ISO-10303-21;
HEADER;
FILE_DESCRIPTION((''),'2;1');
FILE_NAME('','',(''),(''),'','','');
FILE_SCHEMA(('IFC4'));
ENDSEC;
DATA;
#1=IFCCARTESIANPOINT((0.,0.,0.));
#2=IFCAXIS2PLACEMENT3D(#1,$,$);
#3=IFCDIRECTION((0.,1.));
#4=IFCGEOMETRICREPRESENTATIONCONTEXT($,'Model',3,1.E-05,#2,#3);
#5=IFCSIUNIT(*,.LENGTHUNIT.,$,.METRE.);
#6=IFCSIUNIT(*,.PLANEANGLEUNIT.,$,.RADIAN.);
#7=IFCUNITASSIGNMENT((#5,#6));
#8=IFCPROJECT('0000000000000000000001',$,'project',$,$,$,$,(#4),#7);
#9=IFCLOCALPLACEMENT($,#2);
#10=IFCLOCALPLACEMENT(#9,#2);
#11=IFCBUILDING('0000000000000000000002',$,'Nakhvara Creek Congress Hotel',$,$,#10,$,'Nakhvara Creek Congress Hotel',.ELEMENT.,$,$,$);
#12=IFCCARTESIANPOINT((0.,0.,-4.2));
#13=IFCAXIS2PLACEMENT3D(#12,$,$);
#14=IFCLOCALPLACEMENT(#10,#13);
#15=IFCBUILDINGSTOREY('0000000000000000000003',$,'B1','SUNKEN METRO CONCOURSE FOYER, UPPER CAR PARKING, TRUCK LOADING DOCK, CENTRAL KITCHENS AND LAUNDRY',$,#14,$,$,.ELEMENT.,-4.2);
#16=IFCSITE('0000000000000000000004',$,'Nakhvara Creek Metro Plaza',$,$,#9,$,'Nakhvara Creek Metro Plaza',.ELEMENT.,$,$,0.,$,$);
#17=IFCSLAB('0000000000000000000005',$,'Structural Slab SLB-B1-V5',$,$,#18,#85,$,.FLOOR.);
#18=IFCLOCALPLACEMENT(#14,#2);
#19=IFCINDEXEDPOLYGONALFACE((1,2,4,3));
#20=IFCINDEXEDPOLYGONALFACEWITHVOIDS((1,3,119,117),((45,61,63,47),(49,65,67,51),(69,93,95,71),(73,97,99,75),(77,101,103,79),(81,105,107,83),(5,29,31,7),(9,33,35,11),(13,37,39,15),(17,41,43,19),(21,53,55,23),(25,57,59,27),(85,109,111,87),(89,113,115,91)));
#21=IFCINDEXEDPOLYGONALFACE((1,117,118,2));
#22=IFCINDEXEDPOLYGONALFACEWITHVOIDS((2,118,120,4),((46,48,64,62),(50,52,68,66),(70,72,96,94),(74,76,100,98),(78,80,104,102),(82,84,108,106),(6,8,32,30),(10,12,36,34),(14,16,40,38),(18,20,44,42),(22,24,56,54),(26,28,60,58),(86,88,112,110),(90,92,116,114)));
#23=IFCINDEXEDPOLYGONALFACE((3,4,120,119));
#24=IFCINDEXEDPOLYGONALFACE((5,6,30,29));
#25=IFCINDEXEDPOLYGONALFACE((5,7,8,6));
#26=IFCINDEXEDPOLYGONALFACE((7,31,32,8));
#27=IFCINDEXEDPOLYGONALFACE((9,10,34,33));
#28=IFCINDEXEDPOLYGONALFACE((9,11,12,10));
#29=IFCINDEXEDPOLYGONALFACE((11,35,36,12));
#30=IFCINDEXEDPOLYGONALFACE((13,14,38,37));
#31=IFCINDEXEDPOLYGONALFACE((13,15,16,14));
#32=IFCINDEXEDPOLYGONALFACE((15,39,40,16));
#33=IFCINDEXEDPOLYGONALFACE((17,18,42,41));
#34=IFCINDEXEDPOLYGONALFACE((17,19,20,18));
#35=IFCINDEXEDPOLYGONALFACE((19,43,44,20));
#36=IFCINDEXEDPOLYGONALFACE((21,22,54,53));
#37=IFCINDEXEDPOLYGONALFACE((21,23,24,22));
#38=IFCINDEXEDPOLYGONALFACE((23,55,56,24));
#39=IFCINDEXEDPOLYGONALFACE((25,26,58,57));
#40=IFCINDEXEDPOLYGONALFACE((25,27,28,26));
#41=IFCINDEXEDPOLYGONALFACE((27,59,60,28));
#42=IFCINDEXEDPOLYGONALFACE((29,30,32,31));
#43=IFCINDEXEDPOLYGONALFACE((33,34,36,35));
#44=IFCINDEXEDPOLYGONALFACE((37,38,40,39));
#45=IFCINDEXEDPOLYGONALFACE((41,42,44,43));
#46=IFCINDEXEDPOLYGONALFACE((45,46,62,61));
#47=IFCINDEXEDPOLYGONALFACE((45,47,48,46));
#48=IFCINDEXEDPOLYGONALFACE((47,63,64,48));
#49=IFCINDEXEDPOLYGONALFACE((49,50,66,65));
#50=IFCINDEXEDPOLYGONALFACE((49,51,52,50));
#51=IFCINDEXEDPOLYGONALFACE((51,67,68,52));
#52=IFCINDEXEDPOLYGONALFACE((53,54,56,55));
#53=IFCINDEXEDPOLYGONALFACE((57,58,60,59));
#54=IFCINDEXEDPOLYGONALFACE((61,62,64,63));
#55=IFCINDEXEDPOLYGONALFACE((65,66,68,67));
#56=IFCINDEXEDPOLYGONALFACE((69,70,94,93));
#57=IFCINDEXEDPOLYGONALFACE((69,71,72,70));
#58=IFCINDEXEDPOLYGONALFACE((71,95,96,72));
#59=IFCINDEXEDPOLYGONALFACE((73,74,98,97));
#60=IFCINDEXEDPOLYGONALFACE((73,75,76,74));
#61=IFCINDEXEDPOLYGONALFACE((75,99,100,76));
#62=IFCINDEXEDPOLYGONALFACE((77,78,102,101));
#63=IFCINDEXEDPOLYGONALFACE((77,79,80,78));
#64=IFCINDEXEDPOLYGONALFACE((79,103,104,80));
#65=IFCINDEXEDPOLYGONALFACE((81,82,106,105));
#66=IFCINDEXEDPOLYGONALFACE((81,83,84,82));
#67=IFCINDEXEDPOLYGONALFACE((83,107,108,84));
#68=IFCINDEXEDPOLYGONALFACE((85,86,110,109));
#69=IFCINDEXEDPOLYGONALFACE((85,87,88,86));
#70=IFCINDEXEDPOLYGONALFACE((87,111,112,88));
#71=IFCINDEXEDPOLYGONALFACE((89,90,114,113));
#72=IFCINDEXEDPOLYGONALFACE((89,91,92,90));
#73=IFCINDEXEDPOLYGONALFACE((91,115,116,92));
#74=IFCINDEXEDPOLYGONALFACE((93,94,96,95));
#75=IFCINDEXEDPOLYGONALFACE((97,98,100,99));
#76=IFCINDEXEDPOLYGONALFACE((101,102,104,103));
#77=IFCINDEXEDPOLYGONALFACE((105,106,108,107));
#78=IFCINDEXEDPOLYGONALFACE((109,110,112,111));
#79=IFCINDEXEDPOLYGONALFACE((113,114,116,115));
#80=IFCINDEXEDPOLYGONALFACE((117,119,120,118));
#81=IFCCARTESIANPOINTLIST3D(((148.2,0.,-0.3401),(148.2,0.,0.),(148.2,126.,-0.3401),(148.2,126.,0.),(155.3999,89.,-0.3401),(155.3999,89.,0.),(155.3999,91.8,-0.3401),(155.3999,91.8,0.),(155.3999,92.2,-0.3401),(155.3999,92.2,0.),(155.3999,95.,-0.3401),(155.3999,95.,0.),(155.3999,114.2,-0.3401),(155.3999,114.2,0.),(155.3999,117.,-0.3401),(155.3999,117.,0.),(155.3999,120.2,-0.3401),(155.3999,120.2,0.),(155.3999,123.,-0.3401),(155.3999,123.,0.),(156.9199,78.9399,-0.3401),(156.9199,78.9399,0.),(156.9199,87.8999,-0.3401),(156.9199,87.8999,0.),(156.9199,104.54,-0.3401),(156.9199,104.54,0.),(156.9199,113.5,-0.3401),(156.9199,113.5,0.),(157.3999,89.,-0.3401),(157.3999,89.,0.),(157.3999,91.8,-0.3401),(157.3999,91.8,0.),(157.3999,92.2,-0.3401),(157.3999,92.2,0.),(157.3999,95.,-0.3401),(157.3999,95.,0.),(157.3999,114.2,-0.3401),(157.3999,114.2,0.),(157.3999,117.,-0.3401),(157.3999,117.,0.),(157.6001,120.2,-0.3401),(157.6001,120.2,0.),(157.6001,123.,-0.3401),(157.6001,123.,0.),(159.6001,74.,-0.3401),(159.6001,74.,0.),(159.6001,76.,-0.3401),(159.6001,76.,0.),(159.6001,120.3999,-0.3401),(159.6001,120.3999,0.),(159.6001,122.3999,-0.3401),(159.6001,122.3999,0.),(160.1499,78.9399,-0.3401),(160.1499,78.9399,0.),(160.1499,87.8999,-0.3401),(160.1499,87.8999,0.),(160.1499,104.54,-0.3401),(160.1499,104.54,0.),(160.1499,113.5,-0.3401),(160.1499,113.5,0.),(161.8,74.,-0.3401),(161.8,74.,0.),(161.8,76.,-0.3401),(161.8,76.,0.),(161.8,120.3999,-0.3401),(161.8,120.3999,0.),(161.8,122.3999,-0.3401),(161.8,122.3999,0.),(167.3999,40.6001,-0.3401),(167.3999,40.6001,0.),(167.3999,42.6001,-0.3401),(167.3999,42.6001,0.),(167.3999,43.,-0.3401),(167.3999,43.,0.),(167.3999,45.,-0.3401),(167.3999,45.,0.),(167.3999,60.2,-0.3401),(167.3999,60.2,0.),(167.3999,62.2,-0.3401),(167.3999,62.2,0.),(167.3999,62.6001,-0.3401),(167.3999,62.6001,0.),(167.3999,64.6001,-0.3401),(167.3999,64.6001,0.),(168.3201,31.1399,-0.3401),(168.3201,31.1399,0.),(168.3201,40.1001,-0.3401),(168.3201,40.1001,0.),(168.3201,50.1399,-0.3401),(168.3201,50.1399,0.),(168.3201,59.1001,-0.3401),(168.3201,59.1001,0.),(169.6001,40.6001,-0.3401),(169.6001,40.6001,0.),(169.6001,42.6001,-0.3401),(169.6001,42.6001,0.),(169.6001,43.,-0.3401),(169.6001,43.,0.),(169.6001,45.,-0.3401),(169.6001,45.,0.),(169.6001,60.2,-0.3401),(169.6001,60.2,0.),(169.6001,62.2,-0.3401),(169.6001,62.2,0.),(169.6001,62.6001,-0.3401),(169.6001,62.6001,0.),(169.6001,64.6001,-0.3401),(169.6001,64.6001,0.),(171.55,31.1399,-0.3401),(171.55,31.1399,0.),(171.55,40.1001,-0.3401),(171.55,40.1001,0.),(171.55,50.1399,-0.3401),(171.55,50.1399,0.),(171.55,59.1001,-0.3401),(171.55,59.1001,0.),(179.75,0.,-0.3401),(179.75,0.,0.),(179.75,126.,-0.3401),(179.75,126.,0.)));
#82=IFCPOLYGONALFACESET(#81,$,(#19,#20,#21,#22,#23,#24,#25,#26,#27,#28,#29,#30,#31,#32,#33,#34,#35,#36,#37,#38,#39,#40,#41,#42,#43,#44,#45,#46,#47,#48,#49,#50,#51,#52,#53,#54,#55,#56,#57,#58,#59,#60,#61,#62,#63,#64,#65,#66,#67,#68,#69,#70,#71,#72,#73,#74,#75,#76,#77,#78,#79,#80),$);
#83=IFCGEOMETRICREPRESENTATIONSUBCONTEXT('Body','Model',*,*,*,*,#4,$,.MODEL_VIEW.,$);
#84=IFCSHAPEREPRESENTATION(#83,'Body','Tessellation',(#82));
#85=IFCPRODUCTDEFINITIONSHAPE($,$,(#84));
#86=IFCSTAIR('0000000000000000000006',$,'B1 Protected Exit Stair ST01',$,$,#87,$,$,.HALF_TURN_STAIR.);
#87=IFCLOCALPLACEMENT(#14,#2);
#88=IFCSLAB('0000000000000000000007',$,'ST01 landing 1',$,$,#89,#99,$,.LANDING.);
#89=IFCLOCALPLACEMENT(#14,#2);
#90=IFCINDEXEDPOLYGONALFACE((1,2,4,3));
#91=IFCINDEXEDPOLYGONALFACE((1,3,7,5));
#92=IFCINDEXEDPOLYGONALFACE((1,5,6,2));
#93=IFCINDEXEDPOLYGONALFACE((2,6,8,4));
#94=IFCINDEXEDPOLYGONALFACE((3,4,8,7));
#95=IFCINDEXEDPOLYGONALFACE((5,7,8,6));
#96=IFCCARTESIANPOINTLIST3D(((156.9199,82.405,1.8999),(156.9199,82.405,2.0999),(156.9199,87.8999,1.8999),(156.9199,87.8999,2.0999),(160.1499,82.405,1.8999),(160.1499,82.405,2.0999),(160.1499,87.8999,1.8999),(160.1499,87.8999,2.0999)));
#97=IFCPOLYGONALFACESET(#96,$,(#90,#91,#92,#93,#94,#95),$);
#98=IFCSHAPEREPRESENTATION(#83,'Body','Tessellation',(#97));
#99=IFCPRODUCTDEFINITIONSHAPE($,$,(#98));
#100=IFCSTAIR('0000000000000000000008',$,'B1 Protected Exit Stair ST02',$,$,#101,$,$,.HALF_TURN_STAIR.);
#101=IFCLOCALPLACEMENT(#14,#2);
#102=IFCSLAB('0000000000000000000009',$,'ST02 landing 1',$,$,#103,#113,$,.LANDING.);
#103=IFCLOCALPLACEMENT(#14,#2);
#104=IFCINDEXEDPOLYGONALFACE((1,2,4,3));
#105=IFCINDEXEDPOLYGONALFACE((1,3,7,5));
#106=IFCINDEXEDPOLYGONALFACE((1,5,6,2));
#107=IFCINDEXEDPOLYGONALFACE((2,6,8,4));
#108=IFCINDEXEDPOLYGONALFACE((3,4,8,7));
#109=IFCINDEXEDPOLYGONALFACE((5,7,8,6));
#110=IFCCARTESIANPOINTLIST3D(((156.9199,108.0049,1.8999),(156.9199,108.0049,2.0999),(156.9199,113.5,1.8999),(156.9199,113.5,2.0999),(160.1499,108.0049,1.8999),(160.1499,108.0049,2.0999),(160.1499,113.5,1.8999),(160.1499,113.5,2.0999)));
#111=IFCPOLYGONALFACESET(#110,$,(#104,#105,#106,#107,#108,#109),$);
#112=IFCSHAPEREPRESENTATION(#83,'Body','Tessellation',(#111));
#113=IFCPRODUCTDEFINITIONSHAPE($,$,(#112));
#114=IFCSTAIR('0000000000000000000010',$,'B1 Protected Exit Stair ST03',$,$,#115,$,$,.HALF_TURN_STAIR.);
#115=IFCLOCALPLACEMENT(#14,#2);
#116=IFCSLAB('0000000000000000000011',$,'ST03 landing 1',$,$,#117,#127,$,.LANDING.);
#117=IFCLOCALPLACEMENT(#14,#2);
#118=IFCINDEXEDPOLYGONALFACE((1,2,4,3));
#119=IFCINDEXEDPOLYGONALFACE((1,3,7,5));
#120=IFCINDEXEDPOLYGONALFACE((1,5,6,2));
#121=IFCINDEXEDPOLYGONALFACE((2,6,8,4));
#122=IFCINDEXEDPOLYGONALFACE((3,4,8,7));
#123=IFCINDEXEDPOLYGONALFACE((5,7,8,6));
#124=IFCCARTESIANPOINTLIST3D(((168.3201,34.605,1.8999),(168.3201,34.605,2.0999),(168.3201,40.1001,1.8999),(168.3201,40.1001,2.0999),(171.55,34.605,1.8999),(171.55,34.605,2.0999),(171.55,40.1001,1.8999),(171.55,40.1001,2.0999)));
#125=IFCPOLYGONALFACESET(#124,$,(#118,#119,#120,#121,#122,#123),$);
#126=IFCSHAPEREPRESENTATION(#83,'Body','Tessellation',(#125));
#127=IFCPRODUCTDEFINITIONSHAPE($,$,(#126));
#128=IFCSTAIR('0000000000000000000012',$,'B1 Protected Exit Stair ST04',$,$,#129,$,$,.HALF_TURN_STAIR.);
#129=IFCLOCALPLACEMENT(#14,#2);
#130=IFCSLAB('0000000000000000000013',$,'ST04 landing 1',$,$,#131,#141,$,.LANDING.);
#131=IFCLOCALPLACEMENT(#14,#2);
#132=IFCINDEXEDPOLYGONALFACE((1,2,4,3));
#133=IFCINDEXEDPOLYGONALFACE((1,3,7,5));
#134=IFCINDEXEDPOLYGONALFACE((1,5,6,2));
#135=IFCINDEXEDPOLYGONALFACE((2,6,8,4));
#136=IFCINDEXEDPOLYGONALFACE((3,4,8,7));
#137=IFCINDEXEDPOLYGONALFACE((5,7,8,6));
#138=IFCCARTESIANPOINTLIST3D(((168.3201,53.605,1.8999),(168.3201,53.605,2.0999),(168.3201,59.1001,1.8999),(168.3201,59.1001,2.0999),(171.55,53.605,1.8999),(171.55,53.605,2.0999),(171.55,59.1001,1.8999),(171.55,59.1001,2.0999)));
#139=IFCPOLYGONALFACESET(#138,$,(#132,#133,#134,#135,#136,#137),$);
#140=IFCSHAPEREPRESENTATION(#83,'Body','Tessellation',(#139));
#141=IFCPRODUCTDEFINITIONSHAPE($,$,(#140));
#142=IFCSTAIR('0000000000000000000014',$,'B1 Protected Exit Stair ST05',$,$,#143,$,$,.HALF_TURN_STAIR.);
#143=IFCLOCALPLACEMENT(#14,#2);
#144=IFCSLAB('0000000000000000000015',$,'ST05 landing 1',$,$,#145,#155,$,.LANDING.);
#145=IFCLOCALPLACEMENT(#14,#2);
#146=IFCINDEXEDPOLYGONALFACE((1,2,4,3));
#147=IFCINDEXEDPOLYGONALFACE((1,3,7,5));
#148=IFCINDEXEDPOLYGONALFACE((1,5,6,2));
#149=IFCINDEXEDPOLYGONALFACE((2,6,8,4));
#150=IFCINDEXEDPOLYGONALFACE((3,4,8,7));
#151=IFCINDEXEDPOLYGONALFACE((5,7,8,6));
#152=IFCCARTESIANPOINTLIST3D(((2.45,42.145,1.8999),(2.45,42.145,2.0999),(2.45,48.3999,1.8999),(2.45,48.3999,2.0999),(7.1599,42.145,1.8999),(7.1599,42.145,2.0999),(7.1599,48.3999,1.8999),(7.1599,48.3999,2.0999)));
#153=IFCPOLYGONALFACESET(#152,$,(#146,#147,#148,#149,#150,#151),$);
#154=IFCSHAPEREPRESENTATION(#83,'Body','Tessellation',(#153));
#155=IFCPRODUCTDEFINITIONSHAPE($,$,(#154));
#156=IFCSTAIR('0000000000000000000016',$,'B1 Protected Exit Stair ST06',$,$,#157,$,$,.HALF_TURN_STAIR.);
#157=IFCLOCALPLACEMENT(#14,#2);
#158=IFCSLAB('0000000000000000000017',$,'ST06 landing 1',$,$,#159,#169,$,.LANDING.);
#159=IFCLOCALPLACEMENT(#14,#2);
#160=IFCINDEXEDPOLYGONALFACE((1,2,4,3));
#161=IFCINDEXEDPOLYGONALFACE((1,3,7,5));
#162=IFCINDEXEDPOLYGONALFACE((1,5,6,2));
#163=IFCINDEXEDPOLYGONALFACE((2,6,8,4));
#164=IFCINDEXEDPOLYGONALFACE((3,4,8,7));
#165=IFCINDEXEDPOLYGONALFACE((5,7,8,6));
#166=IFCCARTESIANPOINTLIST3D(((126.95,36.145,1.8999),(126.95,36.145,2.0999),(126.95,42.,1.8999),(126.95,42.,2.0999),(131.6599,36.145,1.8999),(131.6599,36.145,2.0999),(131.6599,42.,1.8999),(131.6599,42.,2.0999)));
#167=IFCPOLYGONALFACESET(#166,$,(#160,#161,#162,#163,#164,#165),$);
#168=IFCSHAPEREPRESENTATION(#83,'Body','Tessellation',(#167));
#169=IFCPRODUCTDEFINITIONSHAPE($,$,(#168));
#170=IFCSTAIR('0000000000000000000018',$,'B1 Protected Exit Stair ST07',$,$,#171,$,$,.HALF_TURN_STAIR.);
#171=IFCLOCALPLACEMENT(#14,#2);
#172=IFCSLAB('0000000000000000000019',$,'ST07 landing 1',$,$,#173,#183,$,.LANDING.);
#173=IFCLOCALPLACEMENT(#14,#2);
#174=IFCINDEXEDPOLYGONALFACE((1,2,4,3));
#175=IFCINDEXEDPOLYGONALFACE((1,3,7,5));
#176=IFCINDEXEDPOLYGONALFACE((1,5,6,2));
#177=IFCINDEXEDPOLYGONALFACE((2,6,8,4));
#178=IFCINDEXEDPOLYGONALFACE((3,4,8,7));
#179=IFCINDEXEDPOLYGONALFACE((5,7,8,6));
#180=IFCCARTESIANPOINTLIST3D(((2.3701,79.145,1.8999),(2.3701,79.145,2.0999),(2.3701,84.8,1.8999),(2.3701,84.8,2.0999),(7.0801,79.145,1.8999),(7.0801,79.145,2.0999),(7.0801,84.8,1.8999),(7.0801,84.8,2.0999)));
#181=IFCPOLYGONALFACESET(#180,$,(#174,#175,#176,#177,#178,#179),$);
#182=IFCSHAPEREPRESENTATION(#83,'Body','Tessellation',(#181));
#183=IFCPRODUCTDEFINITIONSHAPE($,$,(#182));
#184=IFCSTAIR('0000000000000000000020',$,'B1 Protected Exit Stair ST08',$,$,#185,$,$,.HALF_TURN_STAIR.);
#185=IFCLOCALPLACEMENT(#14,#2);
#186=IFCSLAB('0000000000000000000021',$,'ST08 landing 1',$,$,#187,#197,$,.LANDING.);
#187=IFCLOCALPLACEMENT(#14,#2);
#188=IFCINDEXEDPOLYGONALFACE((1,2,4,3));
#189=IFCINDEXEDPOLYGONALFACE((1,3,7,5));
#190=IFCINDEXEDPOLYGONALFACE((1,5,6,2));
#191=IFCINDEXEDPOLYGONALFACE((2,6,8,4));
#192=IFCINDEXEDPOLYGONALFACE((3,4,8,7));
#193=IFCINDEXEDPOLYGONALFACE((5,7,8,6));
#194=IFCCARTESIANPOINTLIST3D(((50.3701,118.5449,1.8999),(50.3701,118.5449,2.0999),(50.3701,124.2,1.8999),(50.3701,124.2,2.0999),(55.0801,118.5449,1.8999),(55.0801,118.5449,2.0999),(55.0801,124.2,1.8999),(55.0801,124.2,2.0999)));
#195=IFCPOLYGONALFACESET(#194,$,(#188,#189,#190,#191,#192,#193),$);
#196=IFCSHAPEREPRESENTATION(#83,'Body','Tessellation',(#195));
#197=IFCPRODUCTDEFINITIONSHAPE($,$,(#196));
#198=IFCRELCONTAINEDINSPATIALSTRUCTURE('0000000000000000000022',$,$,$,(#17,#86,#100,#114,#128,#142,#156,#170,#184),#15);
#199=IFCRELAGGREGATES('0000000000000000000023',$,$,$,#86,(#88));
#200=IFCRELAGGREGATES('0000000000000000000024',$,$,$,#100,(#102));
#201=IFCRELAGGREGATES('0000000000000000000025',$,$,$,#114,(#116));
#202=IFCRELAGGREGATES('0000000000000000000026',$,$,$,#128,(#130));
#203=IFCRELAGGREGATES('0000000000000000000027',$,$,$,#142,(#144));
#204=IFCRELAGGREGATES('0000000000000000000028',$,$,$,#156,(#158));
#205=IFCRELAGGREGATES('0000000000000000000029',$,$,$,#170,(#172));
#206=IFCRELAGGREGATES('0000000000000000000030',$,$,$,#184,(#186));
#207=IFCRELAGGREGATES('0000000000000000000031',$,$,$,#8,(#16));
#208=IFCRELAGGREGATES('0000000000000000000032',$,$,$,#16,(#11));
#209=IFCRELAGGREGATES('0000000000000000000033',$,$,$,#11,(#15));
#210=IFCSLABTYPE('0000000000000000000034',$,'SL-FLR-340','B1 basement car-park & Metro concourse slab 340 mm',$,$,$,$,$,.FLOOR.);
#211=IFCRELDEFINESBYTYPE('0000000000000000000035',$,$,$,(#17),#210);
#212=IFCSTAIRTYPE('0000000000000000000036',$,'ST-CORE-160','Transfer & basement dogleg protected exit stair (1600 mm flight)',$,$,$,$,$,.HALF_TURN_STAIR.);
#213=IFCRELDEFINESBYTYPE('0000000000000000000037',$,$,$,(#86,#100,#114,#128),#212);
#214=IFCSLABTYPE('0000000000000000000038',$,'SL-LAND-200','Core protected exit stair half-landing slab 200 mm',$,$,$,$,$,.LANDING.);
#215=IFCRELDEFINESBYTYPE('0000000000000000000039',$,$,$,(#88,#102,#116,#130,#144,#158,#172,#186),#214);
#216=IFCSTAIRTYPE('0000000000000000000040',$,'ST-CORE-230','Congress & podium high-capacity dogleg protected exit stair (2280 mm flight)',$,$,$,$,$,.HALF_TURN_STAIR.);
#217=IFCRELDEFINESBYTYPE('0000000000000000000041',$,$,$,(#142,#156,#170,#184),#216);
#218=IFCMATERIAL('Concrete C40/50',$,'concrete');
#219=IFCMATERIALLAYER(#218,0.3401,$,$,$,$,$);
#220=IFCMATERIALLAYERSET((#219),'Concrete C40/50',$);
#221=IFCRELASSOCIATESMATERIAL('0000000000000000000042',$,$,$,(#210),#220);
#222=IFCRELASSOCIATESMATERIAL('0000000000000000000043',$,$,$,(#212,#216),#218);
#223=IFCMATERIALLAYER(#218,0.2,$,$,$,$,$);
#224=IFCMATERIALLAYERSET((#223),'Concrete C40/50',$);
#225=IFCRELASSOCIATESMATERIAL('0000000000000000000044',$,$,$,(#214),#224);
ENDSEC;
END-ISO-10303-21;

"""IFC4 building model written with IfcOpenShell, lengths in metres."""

from ifc_helpers import new_model, si_unit, direction, frame, origin, place, context, subcontext, project, spatial, polyline, outline, extrude, material, layer, layer_set, type_object, element, aggregate, save


model = new_model("IFC4")

# Units and contexts
model_context = context("Model", 3, precision=1e-05, world=origin(), true_north=direction((0.0, 1.0)))
body_context = subcontext(model_context, "Body", "Model", "MODEL_VIEW")
ifc_project = project(units=[si_unit("LENGTHUNIT", "METRE"), si_unit("PLANEANGLEUNIT", "RADIAN")], contexts=[model_context])

# Site, building, storey
site_placement = place(None, origin())
site = spatial("IfcSite", under=ifc_project, at=site_placement, Name="Nakhvara Creek Metro Plaza", LongName="Nakhvara Creek Metro Plaza", CompositionType="ELEMENT", RefElevation=0.0)
building_placement = place(site_placement, origin())
building = spatial("IfcBuilding", under=site, at=building_placement, Name="Nakhvara Creek Congress Hotel", LongName="Nakhvara Creek Congress Hotel", CompositionType="ELEMENT")
storey_placement = place(building_placement, frame((0.0, 0.0, -4.2)))
storey = spatial("IfcBuildingStorey", under=building, at=storey_placement, Name="B1", Description="SUNKEN METRO CONCOURSE FOYER, UPPER CAR PARKING, TRUCK LOADING DOCK, CENTRAL KITCHENS AND LAUNDRY", CompositionType="ELEMENT", Elevation=-4.2)

# Slab
ifc_material_1 = material(Name="Concrete C40/50", Category="concrete")
ifc_layer_1 = layer(ifc_material_1, 0.3401)
ifc_layer_set_1 = layer_set([ifc_layer_1], Name="Concrete C40/50")
slab_type_1 = type_object("IfcSlabType", Name="SL-FLR-340", Description="B1 basement car-park & Metro concourse slab 340 mm", PredefinedType="FLOOR", material=ifc_layer_set_1)
slab_1_placement = place(storey_placement, frame((0.0, 0.0, -0.3401)))
element("IfcSlab", 1, at=slab_1_placement, inside=storey, type_object=slab_type_1, Name="Structural Slab SLB-B1-V5", PredefinedType="FLOOR", context=body_context, shape_type="SweptSolid", body=[
    extrude(outline(polyline([(148.2, 126.0), (179.75, 126.0), (179.75, 0.0), (148.2, 0.0), (148.2, 126.0)]), holes=[polyline([(161.8, 74.0), (161.8, 76.0), (159.6001, 76.0), (159.6001, 74.0), (161.8, 74.0)]), polyline([(160.1499, 78.9399), (160.1499, 87.8999), (156.9199, 87.8999), (156.9199, 78.9399), (160.1499, 78.9399)]), polyline([(155.3999, 89.0), (157.3999, 89.0), (157.3999, 91.8), (155.3999, 91.8), (155.3999, 89.0)]), polyline([(155.3999, 92.2), (157.3999, 92.2), (157.3999, 95.0), (155.3999, 95.0), (155.3999, 92.2)]), polyline([(160.1499, 104.54), (160.1499, 113.5), (156.9199, 113.5), (156.9199, 104.54), (160.1499, 104.54)]), polyline([(155.3999, 114.2), (157.3999, 114.2), (157.3999, 117.0), (155.3999, 117.0), (155.3999, 114.2)]), polyline([(155.3999, 120.2), (157.6001, 120.2), (157.6001, 123.0), (155.3999, 123.0), (155.3999, 120.2)]), polyline([(171.55, 40.1001), (168.3201, 40.1001), (168.3201, 31.1399), (171.55, 31.1399), (171.55, 40.1001)]), polyline([(167.3999, 40.6001), (169.6001, 40.6001), (169.6001, 42.6001), (167.3999, 42.6001), (167.3999, 40.6001)]), polyline([(167.3999, 43.0), (169.6001, 43.0), (169.6001, 45.0), (167.3999, 45.0), (167.3999, 43.0)]), polyline([(171.55, 50.1399), (171.55, 59.1001), (168.3201, 59.1001), (168.3201, 50.1399), (171.55, 50.1399)]), polyline([(167.3999, 60.2), (169.6001, 60.2), (169.6001, 62.2), (167.3999, 62.2), (167.3999, 60.2)]), polyline([(167.3999, 62.6001), (169.6001, 62.6001), (169.6001, 64.6001), (167.3999, 64.6001), (167.3999, 62.6001)]), polyline([(159.6001, 120.3999), (161.8, 120.3999), (161.8, 122.3999), (159.6001, 122.3999), (159.6001, 120.3999)])]), origin(), (0.0, 0.0, 1.0), 0.3401),
])

# Stairs, slabs
stair_type_1 = type_object("IfcStairType", Name="ST-CORE-160", Description="Transfer & basement dogleg protected exit stair (1600 mm flight)", PredefinedType="HALF_TURN_STAIR", material=ifc_material_1)
stair_1_placement = place(storey_placement, origin())
stair_1 = element("IfcStair", 2, at=stair_1_placement, inside=storey, type_object=stair_type_1, Name="B1 Protected Exit Stair ST01", PredefinedType="HALF_TURN_STAIR")
ifc_layer_2 = layer(ifc_material_1, 0.2)
ifc_layer_set_2 = layer_set([ifc_layer_2], Name="Concrete C40/50")
slab_type_2 = type_object("IfcSlabType", Name="SL-LAND-200", Description="Core protected exit stair half-landing slab 200 mm", PredefinedType="LANDING", material=ifc_layer_set_2)
slab_2_placement = place(storey_placement, frame((0.0, 0.0, 1.8999)))
slab_2 = element("IfcSlab", 3, at=slab_2_placement, type_object=slab_type_2, Name="ST01 landing 1", PredefinedType="LANDING", context=body_context, shape_type="SweptSolid", body=[
    extrude(outline(polyline([(160.1499, 82.405), (160.1499, 87.8999), (156.9199, 87.8999), (156.9199, 82.405), (160.1499, 82.405)])), origin(), (0.0, 0.0, 1.0), 0.2),
])
aggregate(stair_1, [slab_2])
stair_2_placement = place(storey_placement, origin())
stair_2 = element("IfcStair", 4, at=stair_2_placement, inside=storey, type_object=stair_type_1, Name="B1 Protected Exit Stair ST02", PredefinedType="HALF_TURN_STAIR")
slab_3_placement = place(storey_placement, frame((0.0, 0.0, 1.8999)))
slab_3 = element("IfcSlab", 5, at=slab_3_placement, type_object=slab_type_2, Name="ST02 landing 1", PredefinedType="LANDING", context=body_context, shape_type="SweptSolid", body=[
    extrude(outline(polyline([(160.1499, 108.0049), (160.1499, 113.5), (156.9199, 113.5), (156.9199, 108.0049), (160.1499, 108.0049)])), origin(), (0.0, 0.0, 1.0), 0.2),
])
aggregate(stair_2, [slab_3])
stair_3_placement = place(storey_placement, origin())
stair_3 = element("IfcStair", 6, at=stair_3_placement, inside=storey, type_object=stair_type_1, Name="B1 Protected Exit Stair ST03", PredefinedType="HALF_TURN_STAIR")
slab_4_placement = place(storey_placement, frame((0.0, 0.0, 1.8999)))
slab_4 = element("IfcSlab", 7, at=slab_4_placement, type_object=slab_type_2, Name="ST03 landing 1", PredefinedType="LANDING", context=body_context, shape_type="SweptSolid", body=[
    extrude(outline(polyline([(171.55, 34.605), (171.55, 40.1001), (168.3201, 40.1001), (168.3201, 34.605), (171.55, 34.605)])), origin(), (0.0, 0.0, 1.0), 0.2),
])
aggregate(stair_3, [slab_4])
stair_4_placement = place(storey_placement, origin())
stair_4 = element("IfcStair", 8, at=stair_4_placement, inside=storey, type_object=stair_type_1, Name="B1 Protected Exit Stair ST04", PredefinedType="HALF_TURN_STAIR")
slab_5_placement = place(storey_placement, frame((0.0, 0.0, 1.8999)))
slab_5 = element("IfcSlab", 9, at=slab_5_placement, type_object=slab_type_2, Name="ST04 landing 1", PredefinedType="LANDING", context=body_context, shape_type="SweptSolid", body=[
    extrude(outline(polyline([(171.55, 53.605), (171.55, 59.1001), (168.3201, 59.1001), (168.3201, 53.605), (171.55, 53.605)])), origin(), (0.0, 0.0, 1.0), 0.2),
])
aggregate(stair_4, [slab_5])
stair_type_2 = type_object("IfcStairType", Name="ST-CORE-230", Description="Congress & podium high-capacity dogleg protected exit stair (2280 mm flight)", PredefinedType="HALF_TURN_STAIR", material=ifc_material_1)
stair_5_placement = place(storey_placement, origin())
stair_5 = element("IfcStair", 10, at=stair_5_placement, inside=storey, type_object=stair_type_2, Name="B1 Protected Exit Stair ST05", PredefinedType="HALF_TURN_STAIR")
slab_6_placement = place(storey_placement, frame((0.0, 0.0, 1.8999)))
slab_6 = element("IfcSlab", 11, at=slab_6_placement, type_object=slab_type_2, Name="ST05 landing 1", PredefinedType="LANDING", context=body_context, shape_type="SweptSolid", body=[
    extrude(outline(polyline([(7.1599, 42.145), (7.1599, 48.3999), (2.45, 48.3999), (2.45, 42.145), (7.1599, 42.145)])), origin(), (0.0, 0.0, 1.0), 0.2),
])
aggregate(stair_5, [slab_6])
stair_6_placement = place(storey_placement, origin())
stair_6 = element("IfcStair", 12, at=stair_6_placement, inside=storey, type_object=stair_type_2, Name="B1 Protected Exit Stair ST06", PredefinedType="HALF_TURN_STAIR")
slab_7_placement = place(storey_placement, frame((0.0, 0.0, 1.8999)))
slab_7 = element("IfcSlab", 13, at=slab_7_placement, type_object=slab_type_2, Name="ST06 landing 1", PredefinedType="LANDING", context=body_context, shape_type="SweptSolid", body=[
    extrude(outline(polyline([(131.6599, 36.145), (131.6599, 42.0), (126.95, 42.0), (126.95, 36.145), (131.6599, 36.145)])), origin(), (0.0, 0.0, 1.0), 0.2),
])
aggregate(stair_6, [slab_7])
stair_7_placement = place(storey_placement, origin())
stair_7 = element("IfcStair", 14, at=stair_7_placement, inside=storey, type_object=stair_type_2, Name="B1 Protected Exit Stair ST07", PredefinedType="HALF_TURN_STAIR")
slab_8_placement = place(storey_placement, frame((0.0, 0.0, 1.8999)))
slab_8 = element("IfcSlab", 15, at=slab_8_placement, type_object=slab_type_2, Name="ST07 landing 1", PredefinedType="LANDING", context=body_context, shape_type="SweptSolid", body=[
    extrude(outline(polyline([(7.0801, 79.145), (7.0801, 84.8), (2.3701, 84.8), (2.3701, 79.145), (7.0801, 79.145)])), origin(), (0.0, 0.0, 1.0), 0.2),
])
aggregate(stair_7, [slab_8])
stair_8_placement = place(storey_placement, origin())
stair_8 = element("IfcStair", 16, at=stair_8_placement, inside=storey, type_object=stair_type_2, Name="B1 Protected Exit Stair ST08", PredefinedType="HALF_TURN_STAIR")
slab_9_placement = place(storey_placement, frame((0.0, 0.0, 1.8999)))
slab_9 = element("IfcSlab", 17, at=slab_9_placement, type_object=slab_type_2, Name="ST08 landing 1", PredefinedType="LANDING", context=body_context, shape_type="SweptSolid", body=[
    extrude(outline(polyline([(55.0801, 118.5449), (55.0801, 124.2), (50.3701, 124.2), (50.3701, 118.5449), (55.0801, 118.5449)])), origin(), (0.0, 0.0, 1.0), 0.2),
])
aggregate(stair_8, [slab_9])

save(model, "model.ifc")
